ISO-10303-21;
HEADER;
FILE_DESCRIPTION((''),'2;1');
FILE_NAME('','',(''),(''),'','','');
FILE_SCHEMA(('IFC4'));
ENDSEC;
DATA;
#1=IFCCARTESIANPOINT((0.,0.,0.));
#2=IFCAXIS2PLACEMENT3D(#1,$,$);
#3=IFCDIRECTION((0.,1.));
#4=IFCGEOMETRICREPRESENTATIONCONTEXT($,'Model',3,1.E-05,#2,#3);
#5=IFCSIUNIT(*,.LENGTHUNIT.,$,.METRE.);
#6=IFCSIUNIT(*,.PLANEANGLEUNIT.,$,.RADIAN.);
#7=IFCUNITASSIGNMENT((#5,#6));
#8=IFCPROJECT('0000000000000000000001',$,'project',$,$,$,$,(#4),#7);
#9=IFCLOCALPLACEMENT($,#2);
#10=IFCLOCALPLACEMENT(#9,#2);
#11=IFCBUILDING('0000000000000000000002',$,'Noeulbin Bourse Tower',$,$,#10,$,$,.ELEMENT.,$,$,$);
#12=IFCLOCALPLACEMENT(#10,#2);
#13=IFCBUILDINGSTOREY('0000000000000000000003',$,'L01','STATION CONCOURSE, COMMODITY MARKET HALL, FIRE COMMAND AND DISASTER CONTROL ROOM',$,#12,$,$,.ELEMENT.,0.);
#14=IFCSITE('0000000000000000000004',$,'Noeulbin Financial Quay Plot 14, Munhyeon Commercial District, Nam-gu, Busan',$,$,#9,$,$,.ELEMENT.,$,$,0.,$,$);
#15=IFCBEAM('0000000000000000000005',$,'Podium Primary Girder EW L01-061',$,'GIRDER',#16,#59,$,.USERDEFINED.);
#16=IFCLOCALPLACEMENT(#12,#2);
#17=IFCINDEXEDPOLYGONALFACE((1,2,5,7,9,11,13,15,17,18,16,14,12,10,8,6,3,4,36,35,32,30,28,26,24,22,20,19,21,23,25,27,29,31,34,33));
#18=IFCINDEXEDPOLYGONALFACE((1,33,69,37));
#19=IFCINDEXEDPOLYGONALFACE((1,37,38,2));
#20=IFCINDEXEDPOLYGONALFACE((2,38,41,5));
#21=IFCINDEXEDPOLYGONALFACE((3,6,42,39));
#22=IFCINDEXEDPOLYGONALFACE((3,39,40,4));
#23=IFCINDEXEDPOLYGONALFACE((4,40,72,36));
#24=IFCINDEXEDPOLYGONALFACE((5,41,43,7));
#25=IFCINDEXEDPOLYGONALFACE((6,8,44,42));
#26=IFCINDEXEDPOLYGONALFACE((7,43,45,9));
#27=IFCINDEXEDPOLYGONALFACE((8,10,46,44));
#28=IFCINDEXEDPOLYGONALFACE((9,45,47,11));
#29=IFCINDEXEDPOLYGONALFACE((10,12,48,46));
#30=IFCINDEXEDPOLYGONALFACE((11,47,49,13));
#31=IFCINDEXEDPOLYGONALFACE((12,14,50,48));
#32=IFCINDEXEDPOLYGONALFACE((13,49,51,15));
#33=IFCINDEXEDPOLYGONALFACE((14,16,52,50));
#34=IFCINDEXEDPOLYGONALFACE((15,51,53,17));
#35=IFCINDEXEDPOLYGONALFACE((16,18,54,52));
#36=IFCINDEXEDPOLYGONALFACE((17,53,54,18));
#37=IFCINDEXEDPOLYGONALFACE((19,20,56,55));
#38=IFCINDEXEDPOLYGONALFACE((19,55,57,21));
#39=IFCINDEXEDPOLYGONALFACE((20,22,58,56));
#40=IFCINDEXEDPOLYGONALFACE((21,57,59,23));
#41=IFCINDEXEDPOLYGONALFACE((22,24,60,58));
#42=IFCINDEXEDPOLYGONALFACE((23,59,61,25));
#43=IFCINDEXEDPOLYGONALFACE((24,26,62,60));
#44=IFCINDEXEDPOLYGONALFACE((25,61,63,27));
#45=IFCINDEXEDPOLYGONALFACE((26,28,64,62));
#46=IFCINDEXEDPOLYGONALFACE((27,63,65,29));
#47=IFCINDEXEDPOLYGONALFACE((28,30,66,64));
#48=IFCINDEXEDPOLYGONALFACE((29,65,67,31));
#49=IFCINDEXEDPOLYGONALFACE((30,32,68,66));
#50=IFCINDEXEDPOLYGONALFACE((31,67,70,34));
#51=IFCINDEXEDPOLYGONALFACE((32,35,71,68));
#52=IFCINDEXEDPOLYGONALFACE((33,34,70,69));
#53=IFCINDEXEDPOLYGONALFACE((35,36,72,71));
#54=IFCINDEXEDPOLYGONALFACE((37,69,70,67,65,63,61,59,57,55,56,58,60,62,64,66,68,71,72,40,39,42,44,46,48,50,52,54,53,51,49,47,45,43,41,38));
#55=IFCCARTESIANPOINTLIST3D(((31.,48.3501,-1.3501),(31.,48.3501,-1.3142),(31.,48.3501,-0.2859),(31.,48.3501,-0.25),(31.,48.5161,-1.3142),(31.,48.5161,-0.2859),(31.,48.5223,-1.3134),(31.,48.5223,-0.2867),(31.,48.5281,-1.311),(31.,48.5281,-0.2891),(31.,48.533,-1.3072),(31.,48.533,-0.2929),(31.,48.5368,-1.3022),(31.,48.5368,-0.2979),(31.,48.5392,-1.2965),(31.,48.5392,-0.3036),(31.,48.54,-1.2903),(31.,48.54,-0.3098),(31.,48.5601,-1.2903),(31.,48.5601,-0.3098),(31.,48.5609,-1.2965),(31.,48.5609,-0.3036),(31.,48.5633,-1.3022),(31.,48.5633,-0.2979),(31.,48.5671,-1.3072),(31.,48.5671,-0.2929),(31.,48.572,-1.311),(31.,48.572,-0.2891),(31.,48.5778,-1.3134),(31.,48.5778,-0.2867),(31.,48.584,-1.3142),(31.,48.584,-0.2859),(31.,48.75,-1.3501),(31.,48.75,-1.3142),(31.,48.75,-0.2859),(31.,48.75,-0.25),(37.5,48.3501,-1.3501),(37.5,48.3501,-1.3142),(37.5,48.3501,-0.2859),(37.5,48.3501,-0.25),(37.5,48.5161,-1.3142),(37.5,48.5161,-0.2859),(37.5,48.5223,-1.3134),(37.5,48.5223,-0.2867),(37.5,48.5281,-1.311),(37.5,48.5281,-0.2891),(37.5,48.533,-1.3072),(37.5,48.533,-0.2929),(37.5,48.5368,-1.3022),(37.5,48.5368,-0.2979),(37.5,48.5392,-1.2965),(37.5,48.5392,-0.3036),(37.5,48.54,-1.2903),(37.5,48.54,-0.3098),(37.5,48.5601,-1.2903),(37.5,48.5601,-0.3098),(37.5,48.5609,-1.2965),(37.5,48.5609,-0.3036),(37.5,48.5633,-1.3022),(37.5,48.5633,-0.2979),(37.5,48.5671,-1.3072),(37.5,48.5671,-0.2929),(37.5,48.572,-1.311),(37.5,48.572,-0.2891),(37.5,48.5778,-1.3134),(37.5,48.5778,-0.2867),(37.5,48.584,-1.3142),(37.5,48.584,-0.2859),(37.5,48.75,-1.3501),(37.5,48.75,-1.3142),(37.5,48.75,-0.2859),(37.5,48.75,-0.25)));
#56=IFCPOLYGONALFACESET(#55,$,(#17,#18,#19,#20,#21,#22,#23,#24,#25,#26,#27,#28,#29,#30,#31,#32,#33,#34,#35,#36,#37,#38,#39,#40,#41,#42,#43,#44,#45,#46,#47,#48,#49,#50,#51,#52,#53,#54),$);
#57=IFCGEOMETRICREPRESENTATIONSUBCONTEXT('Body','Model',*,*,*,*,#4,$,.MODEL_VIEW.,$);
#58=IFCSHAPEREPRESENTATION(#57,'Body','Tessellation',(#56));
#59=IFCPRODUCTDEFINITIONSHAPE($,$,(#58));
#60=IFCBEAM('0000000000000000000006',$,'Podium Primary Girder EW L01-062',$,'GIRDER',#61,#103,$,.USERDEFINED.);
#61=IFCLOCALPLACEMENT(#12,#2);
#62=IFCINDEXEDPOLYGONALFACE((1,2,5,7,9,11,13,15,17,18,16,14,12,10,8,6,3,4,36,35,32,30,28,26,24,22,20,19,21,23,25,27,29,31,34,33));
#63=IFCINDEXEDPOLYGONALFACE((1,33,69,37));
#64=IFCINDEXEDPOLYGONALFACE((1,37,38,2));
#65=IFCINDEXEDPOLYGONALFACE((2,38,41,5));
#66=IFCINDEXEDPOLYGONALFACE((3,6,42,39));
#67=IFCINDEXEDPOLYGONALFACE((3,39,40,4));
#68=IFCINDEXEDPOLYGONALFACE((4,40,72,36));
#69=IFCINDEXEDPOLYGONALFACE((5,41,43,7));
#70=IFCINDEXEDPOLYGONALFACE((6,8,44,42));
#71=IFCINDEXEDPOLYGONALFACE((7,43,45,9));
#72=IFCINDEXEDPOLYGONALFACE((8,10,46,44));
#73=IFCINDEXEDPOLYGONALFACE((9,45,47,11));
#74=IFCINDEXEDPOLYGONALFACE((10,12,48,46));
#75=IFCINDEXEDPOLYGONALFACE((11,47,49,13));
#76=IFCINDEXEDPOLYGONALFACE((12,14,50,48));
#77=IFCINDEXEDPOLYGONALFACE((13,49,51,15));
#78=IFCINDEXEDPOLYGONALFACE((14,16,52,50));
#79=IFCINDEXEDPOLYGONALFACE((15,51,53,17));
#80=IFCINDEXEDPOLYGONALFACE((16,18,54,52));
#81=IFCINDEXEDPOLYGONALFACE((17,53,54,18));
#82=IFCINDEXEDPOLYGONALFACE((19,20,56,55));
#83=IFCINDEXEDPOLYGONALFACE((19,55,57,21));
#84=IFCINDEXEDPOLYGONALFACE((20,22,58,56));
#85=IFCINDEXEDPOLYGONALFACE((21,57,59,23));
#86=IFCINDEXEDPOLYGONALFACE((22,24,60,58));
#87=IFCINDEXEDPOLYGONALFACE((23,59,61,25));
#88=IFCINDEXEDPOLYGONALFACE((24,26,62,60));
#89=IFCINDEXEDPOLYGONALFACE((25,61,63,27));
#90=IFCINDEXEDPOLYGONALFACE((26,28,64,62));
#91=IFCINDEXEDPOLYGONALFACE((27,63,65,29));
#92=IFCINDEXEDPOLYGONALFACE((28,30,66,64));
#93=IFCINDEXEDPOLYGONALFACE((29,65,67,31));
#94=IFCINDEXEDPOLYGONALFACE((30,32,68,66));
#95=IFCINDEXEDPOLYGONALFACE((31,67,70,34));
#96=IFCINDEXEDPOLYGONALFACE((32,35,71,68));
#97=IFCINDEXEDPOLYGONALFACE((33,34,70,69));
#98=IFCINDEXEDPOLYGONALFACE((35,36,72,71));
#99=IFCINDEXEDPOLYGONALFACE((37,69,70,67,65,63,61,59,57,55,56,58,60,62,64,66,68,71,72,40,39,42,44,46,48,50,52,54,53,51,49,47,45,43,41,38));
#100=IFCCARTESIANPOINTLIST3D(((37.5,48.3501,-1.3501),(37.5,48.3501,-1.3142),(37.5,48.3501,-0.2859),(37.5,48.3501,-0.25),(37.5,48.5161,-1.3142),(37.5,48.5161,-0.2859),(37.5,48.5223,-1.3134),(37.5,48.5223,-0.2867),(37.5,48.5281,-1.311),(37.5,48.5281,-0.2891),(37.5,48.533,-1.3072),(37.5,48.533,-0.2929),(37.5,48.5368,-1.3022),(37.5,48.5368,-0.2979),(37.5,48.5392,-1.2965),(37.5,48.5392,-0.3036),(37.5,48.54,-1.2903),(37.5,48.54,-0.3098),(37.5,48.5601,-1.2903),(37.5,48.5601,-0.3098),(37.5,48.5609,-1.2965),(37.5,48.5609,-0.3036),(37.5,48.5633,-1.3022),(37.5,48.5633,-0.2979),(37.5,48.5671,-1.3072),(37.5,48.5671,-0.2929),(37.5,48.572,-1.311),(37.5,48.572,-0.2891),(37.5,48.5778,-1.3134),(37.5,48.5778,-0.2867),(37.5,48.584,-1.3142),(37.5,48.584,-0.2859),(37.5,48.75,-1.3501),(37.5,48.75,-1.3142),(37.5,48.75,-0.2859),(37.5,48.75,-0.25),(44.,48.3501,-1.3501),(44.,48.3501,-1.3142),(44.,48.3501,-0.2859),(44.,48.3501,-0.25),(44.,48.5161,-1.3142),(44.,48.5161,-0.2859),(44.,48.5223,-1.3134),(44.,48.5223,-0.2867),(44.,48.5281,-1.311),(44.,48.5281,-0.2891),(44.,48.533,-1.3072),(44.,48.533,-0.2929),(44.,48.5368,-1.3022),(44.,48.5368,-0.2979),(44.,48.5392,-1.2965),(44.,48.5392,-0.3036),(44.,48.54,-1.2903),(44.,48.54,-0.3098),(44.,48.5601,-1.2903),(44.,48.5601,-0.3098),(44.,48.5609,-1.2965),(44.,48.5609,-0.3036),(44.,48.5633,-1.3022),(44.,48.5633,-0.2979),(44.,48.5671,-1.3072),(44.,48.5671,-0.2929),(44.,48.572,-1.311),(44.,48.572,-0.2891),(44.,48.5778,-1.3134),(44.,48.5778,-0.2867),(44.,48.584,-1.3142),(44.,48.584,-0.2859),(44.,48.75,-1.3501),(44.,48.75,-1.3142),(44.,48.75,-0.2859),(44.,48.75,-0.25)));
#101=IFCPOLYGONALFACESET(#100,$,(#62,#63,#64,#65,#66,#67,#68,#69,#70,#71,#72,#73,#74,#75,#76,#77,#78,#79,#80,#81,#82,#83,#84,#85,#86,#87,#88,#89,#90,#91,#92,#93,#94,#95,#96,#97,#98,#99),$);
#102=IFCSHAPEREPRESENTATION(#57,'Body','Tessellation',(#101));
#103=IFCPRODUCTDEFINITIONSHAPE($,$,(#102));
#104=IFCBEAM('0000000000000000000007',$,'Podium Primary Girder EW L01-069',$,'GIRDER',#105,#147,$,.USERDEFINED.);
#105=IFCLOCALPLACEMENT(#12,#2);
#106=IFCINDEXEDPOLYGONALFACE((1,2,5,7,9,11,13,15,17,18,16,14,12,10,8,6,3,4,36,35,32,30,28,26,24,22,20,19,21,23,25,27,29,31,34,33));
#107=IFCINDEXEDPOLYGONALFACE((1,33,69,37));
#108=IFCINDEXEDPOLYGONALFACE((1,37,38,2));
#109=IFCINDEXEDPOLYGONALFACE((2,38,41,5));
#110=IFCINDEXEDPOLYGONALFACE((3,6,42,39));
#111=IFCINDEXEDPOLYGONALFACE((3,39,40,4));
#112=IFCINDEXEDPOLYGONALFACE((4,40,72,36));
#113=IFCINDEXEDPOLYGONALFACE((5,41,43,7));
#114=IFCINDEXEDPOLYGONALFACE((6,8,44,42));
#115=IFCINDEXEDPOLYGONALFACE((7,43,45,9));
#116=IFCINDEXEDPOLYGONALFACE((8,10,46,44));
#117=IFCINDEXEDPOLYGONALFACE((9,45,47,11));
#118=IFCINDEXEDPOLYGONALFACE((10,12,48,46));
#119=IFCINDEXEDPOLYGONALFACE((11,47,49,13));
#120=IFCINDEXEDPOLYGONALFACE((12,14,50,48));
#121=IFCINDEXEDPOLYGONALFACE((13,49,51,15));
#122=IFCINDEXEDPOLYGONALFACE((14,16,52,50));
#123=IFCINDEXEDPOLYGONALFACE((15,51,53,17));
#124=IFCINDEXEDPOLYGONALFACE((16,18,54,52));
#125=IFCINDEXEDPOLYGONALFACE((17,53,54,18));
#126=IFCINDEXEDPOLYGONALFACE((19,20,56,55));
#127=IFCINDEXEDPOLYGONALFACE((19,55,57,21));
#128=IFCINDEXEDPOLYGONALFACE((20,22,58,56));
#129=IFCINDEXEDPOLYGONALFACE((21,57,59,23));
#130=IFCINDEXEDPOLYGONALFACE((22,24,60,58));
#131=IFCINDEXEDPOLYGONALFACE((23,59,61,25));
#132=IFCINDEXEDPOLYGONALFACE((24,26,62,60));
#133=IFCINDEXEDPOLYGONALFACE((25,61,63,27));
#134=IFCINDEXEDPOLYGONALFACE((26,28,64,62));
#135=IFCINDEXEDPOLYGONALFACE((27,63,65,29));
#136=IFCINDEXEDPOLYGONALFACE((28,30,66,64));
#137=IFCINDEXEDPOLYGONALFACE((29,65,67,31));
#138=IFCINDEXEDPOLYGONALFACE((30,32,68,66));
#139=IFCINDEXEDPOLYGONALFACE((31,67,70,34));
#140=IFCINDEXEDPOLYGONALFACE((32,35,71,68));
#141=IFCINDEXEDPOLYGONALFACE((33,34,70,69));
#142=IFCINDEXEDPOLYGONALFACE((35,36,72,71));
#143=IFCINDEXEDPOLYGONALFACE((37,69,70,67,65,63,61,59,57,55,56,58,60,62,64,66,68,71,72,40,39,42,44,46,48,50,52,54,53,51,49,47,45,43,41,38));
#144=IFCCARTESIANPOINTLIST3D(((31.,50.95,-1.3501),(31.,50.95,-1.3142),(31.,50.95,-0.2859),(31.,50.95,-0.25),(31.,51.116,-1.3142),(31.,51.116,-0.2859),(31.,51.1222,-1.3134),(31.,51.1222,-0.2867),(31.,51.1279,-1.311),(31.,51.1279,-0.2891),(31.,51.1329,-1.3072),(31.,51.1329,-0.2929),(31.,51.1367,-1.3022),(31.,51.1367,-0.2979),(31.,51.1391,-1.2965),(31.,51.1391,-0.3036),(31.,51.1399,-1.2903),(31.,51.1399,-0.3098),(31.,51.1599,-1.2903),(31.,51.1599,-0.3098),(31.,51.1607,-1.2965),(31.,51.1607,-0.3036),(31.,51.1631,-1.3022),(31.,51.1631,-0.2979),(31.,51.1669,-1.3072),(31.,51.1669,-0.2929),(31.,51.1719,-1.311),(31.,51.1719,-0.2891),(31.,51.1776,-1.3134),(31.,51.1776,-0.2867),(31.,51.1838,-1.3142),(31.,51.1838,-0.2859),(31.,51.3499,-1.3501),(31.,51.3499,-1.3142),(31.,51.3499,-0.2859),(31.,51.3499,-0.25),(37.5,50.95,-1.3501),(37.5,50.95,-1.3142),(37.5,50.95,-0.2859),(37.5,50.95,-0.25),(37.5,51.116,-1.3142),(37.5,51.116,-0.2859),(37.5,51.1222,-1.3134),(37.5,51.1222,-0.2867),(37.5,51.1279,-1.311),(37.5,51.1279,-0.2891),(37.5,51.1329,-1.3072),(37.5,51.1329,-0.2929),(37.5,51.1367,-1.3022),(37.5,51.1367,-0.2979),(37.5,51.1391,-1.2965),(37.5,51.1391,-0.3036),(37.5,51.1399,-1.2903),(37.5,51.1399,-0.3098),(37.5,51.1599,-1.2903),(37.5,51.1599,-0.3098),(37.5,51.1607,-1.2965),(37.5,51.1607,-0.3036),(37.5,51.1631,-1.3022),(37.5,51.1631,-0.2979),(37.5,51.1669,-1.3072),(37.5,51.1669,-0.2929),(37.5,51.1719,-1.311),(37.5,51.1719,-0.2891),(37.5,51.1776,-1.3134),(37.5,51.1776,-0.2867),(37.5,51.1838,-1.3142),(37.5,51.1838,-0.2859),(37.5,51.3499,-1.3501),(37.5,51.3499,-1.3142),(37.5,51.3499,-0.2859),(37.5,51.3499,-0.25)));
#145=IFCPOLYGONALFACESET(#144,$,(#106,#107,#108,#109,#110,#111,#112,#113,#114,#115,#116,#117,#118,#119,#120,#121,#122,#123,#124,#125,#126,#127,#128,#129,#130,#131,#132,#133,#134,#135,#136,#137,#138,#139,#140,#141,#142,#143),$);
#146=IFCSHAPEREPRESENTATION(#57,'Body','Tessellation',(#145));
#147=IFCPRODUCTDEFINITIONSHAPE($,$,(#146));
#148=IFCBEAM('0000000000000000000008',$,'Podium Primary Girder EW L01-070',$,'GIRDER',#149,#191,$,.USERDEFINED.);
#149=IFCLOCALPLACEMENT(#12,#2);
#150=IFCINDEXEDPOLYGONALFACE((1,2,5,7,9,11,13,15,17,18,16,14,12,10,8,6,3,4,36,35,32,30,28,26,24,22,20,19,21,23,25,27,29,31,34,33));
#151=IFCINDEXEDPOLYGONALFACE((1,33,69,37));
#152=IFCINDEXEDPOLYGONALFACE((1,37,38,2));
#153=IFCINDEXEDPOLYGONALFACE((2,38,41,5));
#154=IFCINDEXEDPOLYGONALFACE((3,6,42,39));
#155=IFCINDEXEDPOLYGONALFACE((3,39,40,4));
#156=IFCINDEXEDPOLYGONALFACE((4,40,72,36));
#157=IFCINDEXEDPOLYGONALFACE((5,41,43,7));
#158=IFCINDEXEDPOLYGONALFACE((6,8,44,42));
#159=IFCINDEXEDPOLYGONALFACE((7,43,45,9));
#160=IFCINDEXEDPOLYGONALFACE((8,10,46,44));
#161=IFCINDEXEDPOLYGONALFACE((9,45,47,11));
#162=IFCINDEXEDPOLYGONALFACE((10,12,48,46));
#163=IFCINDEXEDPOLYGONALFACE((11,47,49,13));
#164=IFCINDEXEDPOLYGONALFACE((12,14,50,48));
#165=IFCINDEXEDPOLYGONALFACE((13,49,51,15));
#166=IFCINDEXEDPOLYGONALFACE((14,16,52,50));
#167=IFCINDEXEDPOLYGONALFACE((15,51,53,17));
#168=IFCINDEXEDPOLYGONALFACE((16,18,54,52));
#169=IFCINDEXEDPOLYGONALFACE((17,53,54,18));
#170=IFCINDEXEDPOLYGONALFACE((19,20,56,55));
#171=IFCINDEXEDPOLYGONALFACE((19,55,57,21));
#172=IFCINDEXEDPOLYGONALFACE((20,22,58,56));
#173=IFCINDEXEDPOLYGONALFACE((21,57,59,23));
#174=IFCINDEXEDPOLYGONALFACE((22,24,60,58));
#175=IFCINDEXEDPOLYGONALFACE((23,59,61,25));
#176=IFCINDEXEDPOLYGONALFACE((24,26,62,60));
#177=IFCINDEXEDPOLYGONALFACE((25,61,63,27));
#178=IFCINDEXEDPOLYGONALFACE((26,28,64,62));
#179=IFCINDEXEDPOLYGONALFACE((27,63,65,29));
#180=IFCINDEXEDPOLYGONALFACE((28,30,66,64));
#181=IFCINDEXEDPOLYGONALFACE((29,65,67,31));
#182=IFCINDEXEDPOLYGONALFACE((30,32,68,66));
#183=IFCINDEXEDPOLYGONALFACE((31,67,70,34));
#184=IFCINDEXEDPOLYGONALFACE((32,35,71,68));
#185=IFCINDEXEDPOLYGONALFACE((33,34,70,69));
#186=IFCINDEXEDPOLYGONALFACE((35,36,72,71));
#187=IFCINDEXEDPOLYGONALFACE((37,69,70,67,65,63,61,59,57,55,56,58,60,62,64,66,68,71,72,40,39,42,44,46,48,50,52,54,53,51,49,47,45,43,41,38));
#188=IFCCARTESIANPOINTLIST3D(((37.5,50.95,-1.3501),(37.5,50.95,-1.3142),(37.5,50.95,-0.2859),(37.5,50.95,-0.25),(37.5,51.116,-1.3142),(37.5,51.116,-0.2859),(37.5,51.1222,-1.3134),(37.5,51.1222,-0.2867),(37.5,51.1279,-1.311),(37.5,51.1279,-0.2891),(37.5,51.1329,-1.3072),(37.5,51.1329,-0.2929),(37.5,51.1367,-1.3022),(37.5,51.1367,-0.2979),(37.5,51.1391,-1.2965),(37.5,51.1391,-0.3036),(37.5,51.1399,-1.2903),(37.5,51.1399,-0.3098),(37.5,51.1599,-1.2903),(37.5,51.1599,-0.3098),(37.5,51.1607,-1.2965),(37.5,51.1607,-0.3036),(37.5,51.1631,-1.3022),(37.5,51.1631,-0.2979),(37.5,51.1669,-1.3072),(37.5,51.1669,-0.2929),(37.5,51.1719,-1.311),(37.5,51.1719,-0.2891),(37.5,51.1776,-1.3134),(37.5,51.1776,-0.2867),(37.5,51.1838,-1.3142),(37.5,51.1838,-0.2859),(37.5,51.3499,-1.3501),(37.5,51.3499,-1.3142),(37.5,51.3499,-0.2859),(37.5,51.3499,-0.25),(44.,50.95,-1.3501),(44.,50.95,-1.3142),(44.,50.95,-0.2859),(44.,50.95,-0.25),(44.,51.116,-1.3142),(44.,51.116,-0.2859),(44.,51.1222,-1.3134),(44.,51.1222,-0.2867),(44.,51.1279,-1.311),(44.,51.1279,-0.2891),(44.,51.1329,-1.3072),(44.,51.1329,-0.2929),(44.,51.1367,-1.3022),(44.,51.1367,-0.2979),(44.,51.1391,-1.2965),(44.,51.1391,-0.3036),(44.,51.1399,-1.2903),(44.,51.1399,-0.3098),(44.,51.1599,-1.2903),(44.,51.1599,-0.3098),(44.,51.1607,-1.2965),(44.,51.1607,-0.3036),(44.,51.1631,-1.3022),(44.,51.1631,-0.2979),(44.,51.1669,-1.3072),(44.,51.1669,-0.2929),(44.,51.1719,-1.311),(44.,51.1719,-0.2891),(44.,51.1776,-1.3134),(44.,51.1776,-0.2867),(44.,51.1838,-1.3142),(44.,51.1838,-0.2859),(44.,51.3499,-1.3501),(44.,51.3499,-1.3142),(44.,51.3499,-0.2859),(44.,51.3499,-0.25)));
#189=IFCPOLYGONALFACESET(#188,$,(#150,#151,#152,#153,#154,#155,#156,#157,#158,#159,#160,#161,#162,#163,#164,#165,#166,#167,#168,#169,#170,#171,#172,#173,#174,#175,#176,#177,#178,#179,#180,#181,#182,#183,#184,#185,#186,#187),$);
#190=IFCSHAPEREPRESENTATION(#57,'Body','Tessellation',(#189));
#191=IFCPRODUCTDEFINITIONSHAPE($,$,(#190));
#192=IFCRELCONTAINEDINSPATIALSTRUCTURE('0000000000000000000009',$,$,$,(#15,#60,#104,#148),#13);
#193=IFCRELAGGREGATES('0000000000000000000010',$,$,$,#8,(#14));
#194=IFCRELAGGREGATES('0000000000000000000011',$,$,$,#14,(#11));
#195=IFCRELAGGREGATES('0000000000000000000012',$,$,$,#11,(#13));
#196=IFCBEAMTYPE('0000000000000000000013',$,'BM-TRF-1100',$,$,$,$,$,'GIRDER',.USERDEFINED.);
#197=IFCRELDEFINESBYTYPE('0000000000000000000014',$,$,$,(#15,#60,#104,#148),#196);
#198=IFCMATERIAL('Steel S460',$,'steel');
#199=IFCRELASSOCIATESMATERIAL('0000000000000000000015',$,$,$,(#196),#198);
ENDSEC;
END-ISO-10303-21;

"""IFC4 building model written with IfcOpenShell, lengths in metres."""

from ifc_helpers import new_model, si_unit, direction, frame, origin, origin_2d, place, context, subcontext, project, spatial, i_section, extrude, material, material_profile, profile_set, type_object, element, save


model = new_model("IFC4")

# Units and contexts
model_context = context("Model", 3, precision=1e-05, world=origin(), true_north=direction((0.0, 1.0)))
body_context = subcontext(model_context, "Body", "Model", "MODEL_VIEW")
ifc_project = project(units=[si_unit("LENGTHUNIT", "METRE"), si_unit("PLANEANGLEUNIT", "RADIAN")], contexts=[model_context])

# Site, building, storey
site_placement = place(None, origin())
site = spatial("IfcSite", under=ifc_project, at=site_placement, Name="Noeulbin Financial Quay Plot 14, Munhyeon Commercial District, Nam-gu, Busan", CompositionType="ELEMENT", RefElevation=0.0)
building_placement = place(site_placement, origin())
building = spatial("IfcBuilding", under=site, at=building_placement, Name="Noeulbin Bourse Tower", CompositionType="ELEMENT")
storey_placement = place(building_placement, origin())
storey = spatial("IfcBuildingStorey", under=building, at=storey_placement, Name="L01", Description="STATION CONCOURSE, COMMODITY MARKET HALL, FIRE COMMAND AND DISASTER CONTROL ROOM", CompositionType="ELEMENT", Elevation=0.0)

# Beams
ifc_material_1 = material(Name="Steel S460", Category="steel")
ifc_material_profile_1 = material_profile(ifc_material_1, i_section(OverallWidth=0.3999, OverallDepth=1.1001, WebThickness=0.02, FlangeThickness=0.0359, FilletRadius=0.0239, at=origin_2d()), Name="PG-1100x400x20x36", Category="LoadBearing")
ifc_profile_set_1 = profile_set([ifc_material_profile_1], Name="Steel S460")
beam_type_1 = type_object("IfcBeamType", Name="BM-TRF-1100", ElementType="GIRDER", PredefinedType="USERDEFINED", material=ifc_profile_set_1)
for number, where, z_axis, x_axis, name in (
    (1, (31.0, 48.55, -0.8), (1.0, 0.0, 0.0), (0.0, 1.0, 0.0), "Podium Primary Girder EW L01-061"),
    (2, (37.5, 48.55, -0.8), (1.0, 0.0, 0.0), (0.0, 1.0, 0.0), "Podium Primary Girder EW L01-062"),
    (3, (31.0, 51.1499, -0.8), (1.0, 0.0, 0.0), (0.0, 1.0, 0.0), "Podium Primary Girder EW L01-069"),
    (4, (37.5, 51.1499, -0.8), (1.0, 0.0, 0.0), (0.0, 1.0, 0.0), "Podium Primary Girder EW L01-070"),
):
    element("IfcBeam", number, at=place(storey_placement, frame(where, z_axis=z_axis, x_axis=x_axis)), inside=storey, type_object=beam_type_1, Name=name, ObjectType="GIRDER", PredefinedType="USERDEFINED", context=body_context, shape_type="SweptSolid", body=[
        extrude(i_section(OverallWidth=0.3999, OverallDepth=1.1001, WebThickness=0.02, FlangeThickness=0.0359, FilletRadius=0.0239, at=origin_2d()), origin(), (0.0, 0.0, 1.0), 6.5),
    ])

save(model, "model.ifc")
